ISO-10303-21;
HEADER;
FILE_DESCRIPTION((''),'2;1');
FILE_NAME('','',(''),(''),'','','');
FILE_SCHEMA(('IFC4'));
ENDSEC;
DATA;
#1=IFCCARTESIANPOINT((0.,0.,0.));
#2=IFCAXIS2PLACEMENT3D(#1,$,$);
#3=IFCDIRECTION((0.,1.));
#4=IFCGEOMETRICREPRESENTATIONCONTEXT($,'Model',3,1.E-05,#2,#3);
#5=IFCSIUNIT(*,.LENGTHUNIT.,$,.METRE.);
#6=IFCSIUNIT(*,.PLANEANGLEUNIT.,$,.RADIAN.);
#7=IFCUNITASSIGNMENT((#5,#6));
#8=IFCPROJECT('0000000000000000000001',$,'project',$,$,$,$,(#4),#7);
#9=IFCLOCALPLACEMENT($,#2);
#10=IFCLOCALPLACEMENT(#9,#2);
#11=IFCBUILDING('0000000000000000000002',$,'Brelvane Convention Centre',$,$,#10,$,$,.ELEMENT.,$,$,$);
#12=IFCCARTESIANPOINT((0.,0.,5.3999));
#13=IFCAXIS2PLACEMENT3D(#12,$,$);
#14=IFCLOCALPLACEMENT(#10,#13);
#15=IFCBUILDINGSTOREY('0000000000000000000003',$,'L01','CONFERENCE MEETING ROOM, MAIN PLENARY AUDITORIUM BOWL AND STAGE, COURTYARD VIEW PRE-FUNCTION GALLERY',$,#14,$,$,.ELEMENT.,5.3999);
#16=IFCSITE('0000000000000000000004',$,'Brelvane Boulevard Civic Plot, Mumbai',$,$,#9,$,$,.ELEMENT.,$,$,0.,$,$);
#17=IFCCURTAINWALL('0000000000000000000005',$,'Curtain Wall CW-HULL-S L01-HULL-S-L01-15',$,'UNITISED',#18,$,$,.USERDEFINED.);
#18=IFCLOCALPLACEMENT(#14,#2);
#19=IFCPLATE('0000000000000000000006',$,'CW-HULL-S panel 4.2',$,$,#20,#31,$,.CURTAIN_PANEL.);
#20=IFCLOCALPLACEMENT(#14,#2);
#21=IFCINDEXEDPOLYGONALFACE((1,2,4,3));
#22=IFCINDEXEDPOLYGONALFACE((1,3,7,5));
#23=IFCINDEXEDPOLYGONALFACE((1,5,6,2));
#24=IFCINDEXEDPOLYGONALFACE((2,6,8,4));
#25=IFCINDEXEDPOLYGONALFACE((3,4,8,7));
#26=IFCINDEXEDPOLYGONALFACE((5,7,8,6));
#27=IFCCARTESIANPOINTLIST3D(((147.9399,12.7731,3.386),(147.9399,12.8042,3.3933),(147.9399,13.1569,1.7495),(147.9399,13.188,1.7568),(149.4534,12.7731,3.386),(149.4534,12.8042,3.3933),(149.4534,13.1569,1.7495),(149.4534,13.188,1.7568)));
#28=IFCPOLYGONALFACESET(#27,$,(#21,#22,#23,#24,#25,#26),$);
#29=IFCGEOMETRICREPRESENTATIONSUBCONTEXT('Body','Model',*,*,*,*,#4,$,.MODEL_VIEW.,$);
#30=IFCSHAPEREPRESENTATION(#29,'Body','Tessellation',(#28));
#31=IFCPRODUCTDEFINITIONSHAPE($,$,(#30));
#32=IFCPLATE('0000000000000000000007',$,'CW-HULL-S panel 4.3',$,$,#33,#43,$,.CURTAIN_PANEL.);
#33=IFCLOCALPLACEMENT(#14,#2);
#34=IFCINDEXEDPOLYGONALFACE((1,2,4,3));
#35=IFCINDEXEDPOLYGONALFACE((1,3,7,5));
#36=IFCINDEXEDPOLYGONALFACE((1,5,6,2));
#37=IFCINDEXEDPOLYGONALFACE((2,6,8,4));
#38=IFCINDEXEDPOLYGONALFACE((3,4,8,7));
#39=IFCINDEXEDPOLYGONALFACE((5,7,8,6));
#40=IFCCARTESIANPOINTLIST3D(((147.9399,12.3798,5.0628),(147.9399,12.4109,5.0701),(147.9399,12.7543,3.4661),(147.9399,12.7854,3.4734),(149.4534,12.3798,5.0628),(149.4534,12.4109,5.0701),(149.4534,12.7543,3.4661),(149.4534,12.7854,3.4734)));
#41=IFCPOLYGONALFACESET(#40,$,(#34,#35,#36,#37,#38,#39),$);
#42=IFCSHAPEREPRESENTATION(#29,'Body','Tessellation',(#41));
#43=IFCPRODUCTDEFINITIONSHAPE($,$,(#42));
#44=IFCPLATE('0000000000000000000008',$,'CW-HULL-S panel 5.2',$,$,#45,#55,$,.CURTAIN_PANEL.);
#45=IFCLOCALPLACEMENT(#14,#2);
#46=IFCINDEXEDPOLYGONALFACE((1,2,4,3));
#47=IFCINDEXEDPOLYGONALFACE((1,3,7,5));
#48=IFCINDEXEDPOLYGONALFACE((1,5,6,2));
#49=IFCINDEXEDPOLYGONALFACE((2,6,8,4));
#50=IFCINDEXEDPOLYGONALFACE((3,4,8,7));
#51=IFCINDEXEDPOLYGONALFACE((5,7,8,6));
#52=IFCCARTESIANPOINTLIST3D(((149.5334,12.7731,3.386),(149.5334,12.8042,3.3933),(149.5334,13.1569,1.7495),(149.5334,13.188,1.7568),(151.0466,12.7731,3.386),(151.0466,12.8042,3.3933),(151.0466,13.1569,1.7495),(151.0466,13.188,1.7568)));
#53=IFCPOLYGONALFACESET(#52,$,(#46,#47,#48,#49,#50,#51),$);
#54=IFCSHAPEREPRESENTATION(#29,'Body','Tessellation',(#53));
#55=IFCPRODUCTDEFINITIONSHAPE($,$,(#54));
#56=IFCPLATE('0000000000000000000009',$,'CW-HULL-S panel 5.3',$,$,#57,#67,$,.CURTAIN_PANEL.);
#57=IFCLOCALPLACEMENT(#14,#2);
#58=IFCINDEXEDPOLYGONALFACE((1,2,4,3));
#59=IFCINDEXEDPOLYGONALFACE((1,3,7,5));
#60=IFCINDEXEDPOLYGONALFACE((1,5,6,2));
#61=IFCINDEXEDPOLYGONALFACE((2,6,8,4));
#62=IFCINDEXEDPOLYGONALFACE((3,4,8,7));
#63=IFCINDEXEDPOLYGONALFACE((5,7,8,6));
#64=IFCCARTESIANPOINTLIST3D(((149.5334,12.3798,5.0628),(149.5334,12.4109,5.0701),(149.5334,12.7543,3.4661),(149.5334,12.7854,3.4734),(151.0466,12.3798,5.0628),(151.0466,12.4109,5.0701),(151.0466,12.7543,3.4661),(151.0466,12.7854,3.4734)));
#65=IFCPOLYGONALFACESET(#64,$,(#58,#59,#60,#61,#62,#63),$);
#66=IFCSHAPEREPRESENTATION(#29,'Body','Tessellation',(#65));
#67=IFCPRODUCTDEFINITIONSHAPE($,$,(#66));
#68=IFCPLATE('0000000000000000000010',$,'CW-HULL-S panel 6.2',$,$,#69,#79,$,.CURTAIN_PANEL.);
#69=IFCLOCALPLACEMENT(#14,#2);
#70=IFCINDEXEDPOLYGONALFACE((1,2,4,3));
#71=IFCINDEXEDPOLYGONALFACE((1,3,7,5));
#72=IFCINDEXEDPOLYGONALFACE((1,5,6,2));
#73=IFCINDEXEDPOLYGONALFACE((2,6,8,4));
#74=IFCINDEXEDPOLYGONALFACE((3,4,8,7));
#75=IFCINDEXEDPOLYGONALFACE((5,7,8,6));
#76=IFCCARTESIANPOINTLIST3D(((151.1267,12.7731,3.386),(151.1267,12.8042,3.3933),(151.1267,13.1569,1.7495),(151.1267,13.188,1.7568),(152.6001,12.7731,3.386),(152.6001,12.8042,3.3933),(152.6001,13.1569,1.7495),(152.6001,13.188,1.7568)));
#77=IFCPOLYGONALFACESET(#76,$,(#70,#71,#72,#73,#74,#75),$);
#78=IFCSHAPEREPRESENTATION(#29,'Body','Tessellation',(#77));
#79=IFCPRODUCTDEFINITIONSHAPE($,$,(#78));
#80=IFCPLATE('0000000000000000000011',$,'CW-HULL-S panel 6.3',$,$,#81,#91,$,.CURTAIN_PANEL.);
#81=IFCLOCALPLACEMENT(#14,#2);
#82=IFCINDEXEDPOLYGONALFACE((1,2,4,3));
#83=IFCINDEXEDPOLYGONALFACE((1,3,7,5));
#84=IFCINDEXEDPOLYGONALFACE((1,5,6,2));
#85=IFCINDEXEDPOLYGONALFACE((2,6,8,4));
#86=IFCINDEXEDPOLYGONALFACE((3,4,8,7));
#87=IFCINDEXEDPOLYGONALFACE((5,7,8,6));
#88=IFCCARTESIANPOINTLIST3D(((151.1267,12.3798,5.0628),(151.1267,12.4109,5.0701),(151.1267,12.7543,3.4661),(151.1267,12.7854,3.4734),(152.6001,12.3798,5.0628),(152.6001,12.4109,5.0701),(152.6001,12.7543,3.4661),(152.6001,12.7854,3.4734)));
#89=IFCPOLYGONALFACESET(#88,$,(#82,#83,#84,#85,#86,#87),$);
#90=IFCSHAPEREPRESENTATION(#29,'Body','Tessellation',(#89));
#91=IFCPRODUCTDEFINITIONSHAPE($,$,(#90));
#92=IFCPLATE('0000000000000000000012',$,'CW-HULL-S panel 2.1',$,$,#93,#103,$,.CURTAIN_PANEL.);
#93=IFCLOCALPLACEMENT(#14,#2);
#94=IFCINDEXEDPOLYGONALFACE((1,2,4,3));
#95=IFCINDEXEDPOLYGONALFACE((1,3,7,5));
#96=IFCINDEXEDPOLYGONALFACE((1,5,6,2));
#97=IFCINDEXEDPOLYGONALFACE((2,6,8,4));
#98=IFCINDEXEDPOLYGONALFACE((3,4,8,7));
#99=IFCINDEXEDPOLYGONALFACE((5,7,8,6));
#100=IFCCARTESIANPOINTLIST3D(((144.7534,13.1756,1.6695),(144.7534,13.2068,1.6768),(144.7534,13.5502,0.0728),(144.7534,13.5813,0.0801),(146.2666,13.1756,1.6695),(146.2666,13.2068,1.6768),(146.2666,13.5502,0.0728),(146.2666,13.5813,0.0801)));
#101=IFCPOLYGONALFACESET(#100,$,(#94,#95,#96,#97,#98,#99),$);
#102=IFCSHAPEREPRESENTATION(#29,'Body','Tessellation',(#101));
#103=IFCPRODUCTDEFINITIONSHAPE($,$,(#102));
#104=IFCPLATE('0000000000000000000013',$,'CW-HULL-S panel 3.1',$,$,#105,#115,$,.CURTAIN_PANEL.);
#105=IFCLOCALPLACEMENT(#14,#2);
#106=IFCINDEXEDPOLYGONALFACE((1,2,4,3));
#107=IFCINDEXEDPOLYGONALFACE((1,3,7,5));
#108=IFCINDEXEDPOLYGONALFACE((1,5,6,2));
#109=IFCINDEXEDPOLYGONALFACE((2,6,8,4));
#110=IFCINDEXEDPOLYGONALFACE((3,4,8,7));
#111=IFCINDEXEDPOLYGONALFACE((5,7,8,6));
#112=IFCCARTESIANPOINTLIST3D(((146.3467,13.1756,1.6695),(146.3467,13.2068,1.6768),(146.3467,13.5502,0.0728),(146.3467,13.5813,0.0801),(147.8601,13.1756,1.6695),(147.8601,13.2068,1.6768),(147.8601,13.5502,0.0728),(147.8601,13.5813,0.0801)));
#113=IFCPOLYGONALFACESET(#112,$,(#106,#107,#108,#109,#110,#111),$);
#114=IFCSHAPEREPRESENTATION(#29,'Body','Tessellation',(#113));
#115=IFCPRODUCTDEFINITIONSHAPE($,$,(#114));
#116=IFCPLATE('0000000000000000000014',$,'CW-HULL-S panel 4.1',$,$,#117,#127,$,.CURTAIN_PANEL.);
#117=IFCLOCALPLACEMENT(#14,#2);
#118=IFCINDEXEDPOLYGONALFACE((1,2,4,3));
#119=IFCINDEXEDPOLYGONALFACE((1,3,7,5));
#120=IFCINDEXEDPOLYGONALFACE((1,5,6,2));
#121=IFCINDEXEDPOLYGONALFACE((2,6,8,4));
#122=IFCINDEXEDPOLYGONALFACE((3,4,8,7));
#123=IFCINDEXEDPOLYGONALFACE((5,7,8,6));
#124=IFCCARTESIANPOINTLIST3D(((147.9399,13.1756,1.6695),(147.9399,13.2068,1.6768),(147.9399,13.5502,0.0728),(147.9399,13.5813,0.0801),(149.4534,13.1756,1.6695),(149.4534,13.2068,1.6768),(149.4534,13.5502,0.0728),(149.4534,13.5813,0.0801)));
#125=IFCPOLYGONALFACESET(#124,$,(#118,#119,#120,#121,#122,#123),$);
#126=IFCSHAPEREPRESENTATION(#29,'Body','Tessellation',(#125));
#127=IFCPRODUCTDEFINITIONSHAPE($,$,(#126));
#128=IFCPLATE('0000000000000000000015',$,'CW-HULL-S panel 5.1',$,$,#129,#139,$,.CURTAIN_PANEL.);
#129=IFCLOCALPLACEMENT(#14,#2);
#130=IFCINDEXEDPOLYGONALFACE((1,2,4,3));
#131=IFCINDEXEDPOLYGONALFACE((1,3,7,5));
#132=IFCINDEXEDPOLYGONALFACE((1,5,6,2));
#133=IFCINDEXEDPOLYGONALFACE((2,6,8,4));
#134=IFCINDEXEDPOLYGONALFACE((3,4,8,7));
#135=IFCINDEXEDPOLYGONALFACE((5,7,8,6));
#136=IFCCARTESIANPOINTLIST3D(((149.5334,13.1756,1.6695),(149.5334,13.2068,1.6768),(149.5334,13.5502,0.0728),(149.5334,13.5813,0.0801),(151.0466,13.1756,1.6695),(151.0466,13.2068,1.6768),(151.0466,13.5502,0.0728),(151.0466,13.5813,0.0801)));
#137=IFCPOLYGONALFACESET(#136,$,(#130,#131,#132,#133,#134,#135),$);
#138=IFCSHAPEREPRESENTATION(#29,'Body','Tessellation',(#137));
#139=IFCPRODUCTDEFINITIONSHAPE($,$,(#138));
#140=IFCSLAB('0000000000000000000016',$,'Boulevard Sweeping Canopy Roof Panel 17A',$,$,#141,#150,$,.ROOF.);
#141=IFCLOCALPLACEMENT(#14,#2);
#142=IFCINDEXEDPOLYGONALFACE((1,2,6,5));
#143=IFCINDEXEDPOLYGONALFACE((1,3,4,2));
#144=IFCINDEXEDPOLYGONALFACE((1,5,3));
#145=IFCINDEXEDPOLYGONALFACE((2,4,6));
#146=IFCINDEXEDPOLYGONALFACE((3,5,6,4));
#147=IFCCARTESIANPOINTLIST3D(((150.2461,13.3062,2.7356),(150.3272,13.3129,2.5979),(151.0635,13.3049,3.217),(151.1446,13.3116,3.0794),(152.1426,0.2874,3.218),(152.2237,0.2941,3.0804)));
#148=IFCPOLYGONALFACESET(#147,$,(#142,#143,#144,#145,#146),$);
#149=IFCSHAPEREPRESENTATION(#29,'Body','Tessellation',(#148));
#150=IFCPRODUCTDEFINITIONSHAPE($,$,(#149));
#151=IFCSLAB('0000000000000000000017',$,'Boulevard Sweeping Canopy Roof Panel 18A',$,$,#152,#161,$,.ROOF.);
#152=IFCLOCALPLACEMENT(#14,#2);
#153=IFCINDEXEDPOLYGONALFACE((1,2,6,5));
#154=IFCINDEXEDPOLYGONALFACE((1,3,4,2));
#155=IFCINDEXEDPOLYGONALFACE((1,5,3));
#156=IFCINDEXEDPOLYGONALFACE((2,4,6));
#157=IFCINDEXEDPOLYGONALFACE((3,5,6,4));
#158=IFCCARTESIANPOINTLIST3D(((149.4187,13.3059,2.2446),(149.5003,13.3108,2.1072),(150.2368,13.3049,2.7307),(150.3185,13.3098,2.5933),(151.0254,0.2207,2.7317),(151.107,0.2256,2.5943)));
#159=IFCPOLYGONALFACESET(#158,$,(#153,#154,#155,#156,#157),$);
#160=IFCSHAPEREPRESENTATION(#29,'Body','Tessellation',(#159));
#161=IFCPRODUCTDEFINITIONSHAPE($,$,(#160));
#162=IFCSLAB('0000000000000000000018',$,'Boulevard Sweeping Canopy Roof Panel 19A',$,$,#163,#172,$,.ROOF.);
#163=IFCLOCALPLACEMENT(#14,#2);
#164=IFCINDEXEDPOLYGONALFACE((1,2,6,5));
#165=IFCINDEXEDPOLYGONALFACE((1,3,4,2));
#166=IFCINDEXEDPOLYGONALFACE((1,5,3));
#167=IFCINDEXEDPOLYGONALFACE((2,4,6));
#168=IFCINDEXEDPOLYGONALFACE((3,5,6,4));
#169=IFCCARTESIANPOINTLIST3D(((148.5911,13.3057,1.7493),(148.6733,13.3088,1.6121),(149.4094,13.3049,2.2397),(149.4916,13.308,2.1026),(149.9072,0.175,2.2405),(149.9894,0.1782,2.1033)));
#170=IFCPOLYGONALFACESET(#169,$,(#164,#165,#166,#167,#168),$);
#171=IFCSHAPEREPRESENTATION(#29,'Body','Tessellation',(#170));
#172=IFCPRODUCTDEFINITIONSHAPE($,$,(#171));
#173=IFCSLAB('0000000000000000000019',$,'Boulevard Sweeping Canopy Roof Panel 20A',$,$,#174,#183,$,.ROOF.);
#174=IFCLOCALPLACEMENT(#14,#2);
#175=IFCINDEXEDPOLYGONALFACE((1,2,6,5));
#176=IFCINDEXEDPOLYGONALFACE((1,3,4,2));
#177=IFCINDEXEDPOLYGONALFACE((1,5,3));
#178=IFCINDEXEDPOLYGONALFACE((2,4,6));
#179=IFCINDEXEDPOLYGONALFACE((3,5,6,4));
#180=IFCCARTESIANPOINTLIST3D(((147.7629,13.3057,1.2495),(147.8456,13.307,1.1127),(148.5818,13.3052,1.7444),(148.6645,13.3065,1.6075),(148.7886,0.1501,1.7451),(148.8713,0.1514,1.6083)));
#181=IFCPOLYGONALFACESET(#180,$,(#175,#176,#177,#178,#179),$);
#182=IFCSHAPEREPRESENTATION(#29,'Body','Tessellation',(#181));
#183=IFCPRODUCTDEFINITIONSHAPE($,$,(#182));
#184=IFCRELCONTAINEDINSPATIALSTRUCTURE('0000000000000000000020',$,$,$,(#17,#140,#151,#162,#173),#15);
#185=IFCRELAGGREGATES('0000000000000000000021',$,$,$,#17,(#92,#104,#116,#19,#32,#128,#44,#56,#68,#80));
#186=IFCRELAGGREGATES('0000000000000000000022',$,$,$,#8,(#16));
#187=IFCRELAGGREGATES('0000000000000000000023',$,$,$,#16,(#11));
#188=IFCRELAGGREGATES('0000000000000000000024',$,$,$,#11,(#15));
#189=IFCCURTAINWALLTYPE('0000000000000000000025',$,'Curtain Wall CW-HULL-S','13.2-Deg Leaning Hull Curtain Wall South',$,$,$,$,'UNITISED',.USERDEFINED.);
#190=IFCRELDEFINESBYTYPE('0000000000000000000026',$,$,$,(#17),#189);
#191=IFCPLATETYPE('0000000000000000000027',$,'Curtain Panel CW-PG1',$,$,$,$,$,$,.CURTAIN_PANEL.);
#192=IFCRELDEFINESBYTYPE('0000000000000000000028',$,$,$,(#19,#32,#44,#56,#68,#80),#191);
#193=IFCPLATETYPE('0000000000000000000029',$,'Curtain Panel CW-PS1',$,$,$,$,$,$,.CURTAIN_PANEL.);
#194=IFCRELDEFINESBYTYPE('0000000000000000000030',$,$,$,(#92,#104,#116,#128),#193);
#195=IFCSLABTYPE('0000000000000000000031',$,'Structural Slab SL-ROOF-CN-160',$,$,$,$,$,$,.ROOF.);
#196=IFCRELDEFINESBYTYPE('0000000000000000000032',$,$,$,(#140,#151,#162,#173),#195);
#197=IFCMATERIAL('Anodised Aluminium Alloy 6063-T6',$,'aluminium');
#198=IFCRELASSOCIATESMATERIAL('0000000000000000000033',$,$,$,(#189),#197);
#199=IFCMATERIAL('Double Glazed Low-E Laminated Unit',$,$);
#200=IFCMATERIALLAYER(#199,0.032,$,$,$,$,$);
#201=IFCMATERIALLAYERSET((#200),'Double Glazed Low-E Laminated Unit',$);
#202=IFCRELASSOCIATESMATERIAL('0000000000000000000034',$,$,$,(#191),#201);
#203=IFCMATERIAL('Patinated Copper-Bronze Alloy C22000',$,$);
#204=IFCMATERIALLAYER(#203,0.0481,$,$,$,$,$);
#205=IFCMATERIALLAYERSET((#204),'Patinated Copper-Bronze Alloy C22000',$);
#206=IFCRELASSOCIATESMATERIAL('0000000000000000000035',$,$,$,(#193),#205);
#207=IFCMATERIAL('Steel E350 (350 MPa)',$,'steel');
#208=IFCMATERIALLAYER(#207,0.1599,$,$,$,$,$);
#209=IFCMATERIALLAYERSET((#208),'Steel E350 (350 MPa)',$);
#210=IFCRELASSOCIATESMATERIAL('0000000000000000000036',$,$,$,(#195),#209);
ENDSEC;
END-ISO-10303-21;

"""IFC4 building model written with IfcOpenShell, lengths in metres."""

from ifc_helpers import new_model, si_unit, direction, frame, origin, place, context, subcontext, project, spatial, polyline, outline, extrude, material, layer, layer_set, type_object, element, aggregate, save


model = new_model("IFC4")

# Units and contexts
model_context = context("Model", 3, precision=1e-05, world=origin(), true_north=direction((0.0, 1.0)))
body_context = subcontext(model_context, "Body", "Model", "MODEL_VIEW")
ifc_project = project(units=[si_unit("LENGTHUNIT", "METRE"), si_unit("PLANEANGLEUNIT", "RADIAN")], contexts=[model_context])

# Site, building, storey
site_placement = place(None, origin())
site = spatial("IfcSite", under=ifc_project, at=site_placement, Name="Brelvane Boulevard Civic Plot, Mumbai", CompositionType="ELEMENT", RefElevation=0.0)
building_placement = place(site_placement, origin())
building = spatial("IfcBuilding", under=site, at=building_placement, Name="Brelvane Convention Centre", CompositionType="ELEMENT")
storey_placement = place(building_placement, frame((0.0, 0.0, 5.3999)))
storey = spatial("IfcBuildingStorey", under=building, at=storey_placement, Name="L01", Description="CONFERENCE MEETING ROOM, MAIN PLENARY AUDITORIUM BOWL AND STAGE, COURTYARD VIEW PRE-FUNCTION GALLERY", CompositionType="ELEMENT", Elevation=5.3999)

# Curtain wall, plates
ifc_material_1 = material(Name="Anodised Aluminium Alloy 6063-T6", Category="aluminium")
curtain_wall_type = type_object("IfcCurtainWallType", Name="Curtain Wall CW-HULL-S", Description="13.2-Deg Leaning Hull Curtain Wall South", ElementType="UNITISED", PredefinedType="USERDEFINED", material=ifc_material_1)
curtain_wall_placement = place(storey_placement, origin())
curtain_wall = element("IfcCurtainWall", 1, at=curtain_wall_placement, inside=storey, type_object=curtain_wall_type, Name="Curtain Wall CW-HULL-S L01-HULL-S-L01-15", ObjectType="UNITISED", PredefinedType="USERDEFINED")
ifc_material_2 = material(Name="Double Glazed Low-E Laminated Unit")
ifc_layer_1 = layer(ifc_material_2, 0.032)
ifc_layer_set_1 = layer_set([ifc_layer_1], Name="Double Glazed Low-E Laminated Unit")
plate_type_1 = type_object("IfcPlateType", Name="Curtain Panel CW-PG1", PredefinedType="CURTAIN_PANEL", material=ifc_layer_set_1)
plate_1_placement = place(storey_placement, frame((147.9399, 13.188, 1.7568), z_axis=(0.0, 0.973585, 0.228327), x_axis=(1.0, 0.0, 0.0)))
plate_1 = element("IfcPlate", 2, at=plate_1_placement, type_object=plate_type_1, Name="CW-HULL-S panel 4.2", PredefinedType="CURTAIN_PANEL", context=body_context, shape_type="SweptSolid", body=[
    extrude(outline(polyline([(0.0, 0.0), (1.5134, 0.0), (1.5134, -1.6809), (0.0, -1.6809), (0.0, 0.0)])), origin(), (0.0, 0.0, -1.0), 0.032),
])
plate_2_placement = place(storey_placement, frame((147.9399, 12.7854, 3.4734), z_axis=(0.0, 0.973577, 0.228359), x_axis=(1.0, 0.0, 0.0)))
plate_2 = element("IfcPlate", 3, at=plate_2_placement, type_object=plate_type_1, Name="CW-HULL-S panel 4.3", PredefinedType="CURTAIN_PANEL", context=body_context, shape_type="SweptSolid", body=[
    extrude(outline(polyline([(0.0, 0.0), (1.5134, 0.0), (1.5134, -1.64), (0.0, -1.64), (0.0, 0.0)])), origin(), (0.0, 0.0, -1.0), 0.032),
])
plate_3_placement = place(storey_placement, frame((149.5334, 13.188, 1.7568), z_axis=(0.0, 0.973585, 0.228327), x_axis=(1.0, 0.0, 0.0)))
plate_3 = element("IfcPlate", 4, at=plate_3_placement, type_object=plate_type_1, Name="CW-HULL-S panel 5.2", PredefinedType="CURTAIN_PANEL", context=body_context, shape_type="SweptSolid", body=[
    extrude(outline(polyline([(0.0, 0.0), (1.5132, 0.0), (1.5132, -1.6809), (0.0, -1.6809), (0.0, 0.0)])), origin(), (0.0, 0.0, -1.0), 0.032),
])
plate_4_placement = place(storey_placement, frame((149.5334, 12.7854, 3.4734), z_axis=(0.0, 0.973577, 0.228359), x_axis=(1.0, 0.0, 0.0)))
plate_4 = element("IfcPlate", 5, at=plate_4_placement, type_object=plate_type_1, Name="CW-HULL-S panel 5.3", PredefinedType="CURTAIN_PANEL", context=body_context, shape_type="SweptSolid", body=[
    extrude(outline(polyline([(0.0, 0.0), (1.5132, 0.0), (1.5132, -1.64), (0.0, -1.64), (0.0, 0.0)])), origin(), (0.0, 0.0, -1.0), 0.032),
])
plate_5_placement = place(storey_placement, frame((151.1267, 13.188, 1.7568), z_axis=(0.0, 0.973585, 0.228327), x_axis=(1.0, 0.0, 0.0)))
plate_5 = element("IfcPlate", 6, at=plate_5_placement, type_object=plate_type_1, Name="CW-HULL-S panel 6.2", PredefinedType="CURTAIN_PANEL", context=body_context, shape_type="SweptSolid", body=[
    extrude(outline(polyline([(0.0, 0.0), (1.4734, 0.0), (1.4734, -1.6809), (0.0, -1.6809), (0.0, 0.0)])), origin(), (0.0, 0.0, -1.0), 0.032),
])
plate_6_placement = place(storey_placement, frame((151.1267, 12.7854, 3.4734), z_axis=(0.0, 0.973577, 0.228359), x_axis=(1.0, 0.0, 0.0)))
plate_6 = element("IfcPlate", 7, at=plate_6_placement, type_object=plate_type_1, Name="CW-HULL-S panel 6.3", PredefinedType="CURTAIN_PANEL", context=body_context, shape_type="SweptSolid", body=[
    extrude(outline(polyline([(0.0, 0.0), (1.4734, 0.0), (1.4734, -1.64), (0.0, -1.64), (0.0, 0.0)])), origin(), (0.0, 0.0, -1.0), 0.032),
])
ifc_material_3 = material(Name="Patinated Copper-Bronze Alloy C22000")
ifc_layer_2 = layer(ifc_material_3, 0.0481)
ifc_layer_set_2 = layer_set([ifc_layer_2], Name="Patinated Copper-Bronze Alloy C22000")
plate_type_2 = type_object("IfcPlateType", Name="Curtain Panel CW-PS1", PredefinedType="CURTAIN_PANEL", material=ifc_layer_set_2)
plate_7_placement = place(storey_placement, frame((144.7534, 13.5813, 0.0801), z_axis=(0.0, 0.973577, 0.228359), x_axis=(1.0, 0.0, 0.0)))
plate_7 = element("IfcPlate", 8, at=plate_7_placement, type_object=plate_type_2, Name="CW-HULL-S panel 2.1", PredefinedType="CURTAIN_PANEL", context=body_context, shape_type="SweptSolid", body=[
    extrude(outline(polyline([(0.0, 0.0), (1.5132, 0.0), (1.5132, -1.64), (0.0, -1.64), (0.0, 0.0)])), origin(), (0.0, 0.0, -1.0), 0.032),
])
plate_8_placement = place(storey_placement, frame((146.3467, 13.5813, 0.0801), z_axis=(0.0, 0.973577, 0.228359), x_axis=(1.0, 0.0, 0.0)))
plate_8 = element("IfcPlate", 9, at=plate_8_placement, type_object=plate_type_2, Name="CW-HULL-S panel 3.1", PredefinedType="CURTAIN_PANEL", context=body_context, shape_type="SweptSolid", body=[
    extrude(outline(polyline([(0.0, 0.0), (1.5134, 0.0), (1.5134, -1.64), (0.0, -1.64), (0.0, 0.0)])), origin(), (0.0, 0.0, -1.0), 0.032),
])
plate_9_placement = place(storey_placement, frame((147.9399, 13.5813, 0.0801), z_axis=(0.0, 0.973577, 0.228359), x_axis=(1.0, 0.0, 0.0)))
plate_9 = element("IfcPlate", 10, at=plate_9_placement, type_object=plate_type_2, Name="CW-HULL-S panel 4.1", PredefinedType="CURTAIN_PANEL", context=body_context, shape_type="SweptSolid", body=[
    extrude(outline(polyline([(0.0, 0.0), (1.5134, 0.0), (1.5134, -1.64), (0.0, -1.64), (0.0, 0.0)])), origin(), (0.0, 0.0, -1.0), 0.032),
])
plate_10_placement = place(storey_placement, frame((149.5334, 13.5813, 0.0801), z_axis=(0.0, 0.973577, 0.228359), x_axis=(1.0, 0.0, 0.0)))
plate_10 = element("IfcPlate", 11, at=plate_10_placement, type_object=plate_type_2, Name="CW-HULL-S panel 5.1", PredefinedType="CURTAIN_PANEL", context=body_context, shape_type="SweptSolid", body=[
    extrude(outline(polyline([(0.0, 0.0), (1.5132, 0.0), (1.5132, -1.64), (0.0, -1.64), (0.0, 0.0)])), origin(), (0.0, 0.0, -1.0), 0.032),
])
aggregate(curtain_wall, [plate_7, plate_8, plate_9, plate_1, plate_2, plate_10, plate_3, plate_4, plate_5, plate_6])

# Slabs
ifc_material_4 = material(Name="Steel E350 (350 MPa)", Category="steel")
ifc_layer_3 = layer(ifc_material_4, 0.1599)
ifc_layer_set_3 = layer_set([ifc_layer_3], Name="Steel E350 (350 MPa)")
slab_type = type_object("IfcSlabType", Name="Structural Slab SL-ROOF-CN-160", PredefinedType="ROOF", material=ifc_layer_set_3)
slab_1_placement = place(storey_placement, frame((151.0635, 13.3049, 3.217), z_axis=(-0.507114, -0.041973, 0.860856), x_axis=(0.082612, -0.996582, 0.000075)))
element("IfcSlab", 12, at=slab_1_placement, inside=storey, type_object=slab_type, Name="Boulevard Sweeping Canopy Roof Panel 17A", PredefinedType="ROOF", context=body_context, shape_type="SweptSolid", body=[
    extrude(outline(polyline([(0.0, 0.0), (13.0622, 0.0), (-0.0688, -0.9461), (0.0, 0.0)])), origin(), (0.0, 0.0, -1.0), 0.1599),
])
slab_2_placement = place(storey_placement, frame((150.2368, 13.3049, 2.7307), z_axis=(-0.51058, -0.030708, 0.859282), x_axis=(0.06016, -0.998189, 0.000075)))
element("IfcSlab", 13, at=slab_2_placement, inside=storey, type_object=slab_type, Name="Boulevard Sweeping Canopy Roof Panel 18A", PredefinedType="ROOF", context=body_context, shape_type="SweptSolid", body=[
    extrude(outline(polyline([(0.0, 0.0), (13.108, 0.0), (-0.0502, -0.9503), (0.0, 0.0)])), origin(), (0.0, 0.0, -1.0), 0.1599),
])
slab_3_placement = place(storey_placement, frame((149.4094, 13.3049, 2.2397), z_axis=(-0.513997, -0.01944, 0.857571), x_axis=(0.037887, -0.999282, 0.000056)))
element("IfcSlab", 14, at=slab_3_placement, inside=storey, type_object=slab_type, Name="Boulevard Sweeping Canopy Roof Panel 19A", PredefinedType="ROOF", context=body_context, shape_type="SweptSolid", body=[
    extrude(outline(polyline([(0.0, 0.0), (13.1393, 0.0), (-0.0318, -0.9536), (0.0, 0.0)])), origin(), (0.0, 0.0, -1.0), 0.1599),
])
slab_4_placement = place(storey_placement, frame((148.5818, 13.3052, 1.7444), z_axis=(-0.517219, -0.008083, 0.855815), x_axis=(0.015717, -0.999876, 0.000056)))
element("IfcSlab", 15, at=slab_4_placement, inside=storey, type_object=slab_type, Name="Boulevard Sweeping Canopy Roof Panel 20A", PredefinedType="ROOF", context=body_context, shape_type="SweptSolid", body=[
    extrude(outline(polyline([(0.0, 0.0), (13.1567, 0.0), (-0.0134, -0.9567), (0.0, 0.0)])), origin(), (0.0, 0.0, -1.0), 0.1599),
])

save(model, "model.ifc")
